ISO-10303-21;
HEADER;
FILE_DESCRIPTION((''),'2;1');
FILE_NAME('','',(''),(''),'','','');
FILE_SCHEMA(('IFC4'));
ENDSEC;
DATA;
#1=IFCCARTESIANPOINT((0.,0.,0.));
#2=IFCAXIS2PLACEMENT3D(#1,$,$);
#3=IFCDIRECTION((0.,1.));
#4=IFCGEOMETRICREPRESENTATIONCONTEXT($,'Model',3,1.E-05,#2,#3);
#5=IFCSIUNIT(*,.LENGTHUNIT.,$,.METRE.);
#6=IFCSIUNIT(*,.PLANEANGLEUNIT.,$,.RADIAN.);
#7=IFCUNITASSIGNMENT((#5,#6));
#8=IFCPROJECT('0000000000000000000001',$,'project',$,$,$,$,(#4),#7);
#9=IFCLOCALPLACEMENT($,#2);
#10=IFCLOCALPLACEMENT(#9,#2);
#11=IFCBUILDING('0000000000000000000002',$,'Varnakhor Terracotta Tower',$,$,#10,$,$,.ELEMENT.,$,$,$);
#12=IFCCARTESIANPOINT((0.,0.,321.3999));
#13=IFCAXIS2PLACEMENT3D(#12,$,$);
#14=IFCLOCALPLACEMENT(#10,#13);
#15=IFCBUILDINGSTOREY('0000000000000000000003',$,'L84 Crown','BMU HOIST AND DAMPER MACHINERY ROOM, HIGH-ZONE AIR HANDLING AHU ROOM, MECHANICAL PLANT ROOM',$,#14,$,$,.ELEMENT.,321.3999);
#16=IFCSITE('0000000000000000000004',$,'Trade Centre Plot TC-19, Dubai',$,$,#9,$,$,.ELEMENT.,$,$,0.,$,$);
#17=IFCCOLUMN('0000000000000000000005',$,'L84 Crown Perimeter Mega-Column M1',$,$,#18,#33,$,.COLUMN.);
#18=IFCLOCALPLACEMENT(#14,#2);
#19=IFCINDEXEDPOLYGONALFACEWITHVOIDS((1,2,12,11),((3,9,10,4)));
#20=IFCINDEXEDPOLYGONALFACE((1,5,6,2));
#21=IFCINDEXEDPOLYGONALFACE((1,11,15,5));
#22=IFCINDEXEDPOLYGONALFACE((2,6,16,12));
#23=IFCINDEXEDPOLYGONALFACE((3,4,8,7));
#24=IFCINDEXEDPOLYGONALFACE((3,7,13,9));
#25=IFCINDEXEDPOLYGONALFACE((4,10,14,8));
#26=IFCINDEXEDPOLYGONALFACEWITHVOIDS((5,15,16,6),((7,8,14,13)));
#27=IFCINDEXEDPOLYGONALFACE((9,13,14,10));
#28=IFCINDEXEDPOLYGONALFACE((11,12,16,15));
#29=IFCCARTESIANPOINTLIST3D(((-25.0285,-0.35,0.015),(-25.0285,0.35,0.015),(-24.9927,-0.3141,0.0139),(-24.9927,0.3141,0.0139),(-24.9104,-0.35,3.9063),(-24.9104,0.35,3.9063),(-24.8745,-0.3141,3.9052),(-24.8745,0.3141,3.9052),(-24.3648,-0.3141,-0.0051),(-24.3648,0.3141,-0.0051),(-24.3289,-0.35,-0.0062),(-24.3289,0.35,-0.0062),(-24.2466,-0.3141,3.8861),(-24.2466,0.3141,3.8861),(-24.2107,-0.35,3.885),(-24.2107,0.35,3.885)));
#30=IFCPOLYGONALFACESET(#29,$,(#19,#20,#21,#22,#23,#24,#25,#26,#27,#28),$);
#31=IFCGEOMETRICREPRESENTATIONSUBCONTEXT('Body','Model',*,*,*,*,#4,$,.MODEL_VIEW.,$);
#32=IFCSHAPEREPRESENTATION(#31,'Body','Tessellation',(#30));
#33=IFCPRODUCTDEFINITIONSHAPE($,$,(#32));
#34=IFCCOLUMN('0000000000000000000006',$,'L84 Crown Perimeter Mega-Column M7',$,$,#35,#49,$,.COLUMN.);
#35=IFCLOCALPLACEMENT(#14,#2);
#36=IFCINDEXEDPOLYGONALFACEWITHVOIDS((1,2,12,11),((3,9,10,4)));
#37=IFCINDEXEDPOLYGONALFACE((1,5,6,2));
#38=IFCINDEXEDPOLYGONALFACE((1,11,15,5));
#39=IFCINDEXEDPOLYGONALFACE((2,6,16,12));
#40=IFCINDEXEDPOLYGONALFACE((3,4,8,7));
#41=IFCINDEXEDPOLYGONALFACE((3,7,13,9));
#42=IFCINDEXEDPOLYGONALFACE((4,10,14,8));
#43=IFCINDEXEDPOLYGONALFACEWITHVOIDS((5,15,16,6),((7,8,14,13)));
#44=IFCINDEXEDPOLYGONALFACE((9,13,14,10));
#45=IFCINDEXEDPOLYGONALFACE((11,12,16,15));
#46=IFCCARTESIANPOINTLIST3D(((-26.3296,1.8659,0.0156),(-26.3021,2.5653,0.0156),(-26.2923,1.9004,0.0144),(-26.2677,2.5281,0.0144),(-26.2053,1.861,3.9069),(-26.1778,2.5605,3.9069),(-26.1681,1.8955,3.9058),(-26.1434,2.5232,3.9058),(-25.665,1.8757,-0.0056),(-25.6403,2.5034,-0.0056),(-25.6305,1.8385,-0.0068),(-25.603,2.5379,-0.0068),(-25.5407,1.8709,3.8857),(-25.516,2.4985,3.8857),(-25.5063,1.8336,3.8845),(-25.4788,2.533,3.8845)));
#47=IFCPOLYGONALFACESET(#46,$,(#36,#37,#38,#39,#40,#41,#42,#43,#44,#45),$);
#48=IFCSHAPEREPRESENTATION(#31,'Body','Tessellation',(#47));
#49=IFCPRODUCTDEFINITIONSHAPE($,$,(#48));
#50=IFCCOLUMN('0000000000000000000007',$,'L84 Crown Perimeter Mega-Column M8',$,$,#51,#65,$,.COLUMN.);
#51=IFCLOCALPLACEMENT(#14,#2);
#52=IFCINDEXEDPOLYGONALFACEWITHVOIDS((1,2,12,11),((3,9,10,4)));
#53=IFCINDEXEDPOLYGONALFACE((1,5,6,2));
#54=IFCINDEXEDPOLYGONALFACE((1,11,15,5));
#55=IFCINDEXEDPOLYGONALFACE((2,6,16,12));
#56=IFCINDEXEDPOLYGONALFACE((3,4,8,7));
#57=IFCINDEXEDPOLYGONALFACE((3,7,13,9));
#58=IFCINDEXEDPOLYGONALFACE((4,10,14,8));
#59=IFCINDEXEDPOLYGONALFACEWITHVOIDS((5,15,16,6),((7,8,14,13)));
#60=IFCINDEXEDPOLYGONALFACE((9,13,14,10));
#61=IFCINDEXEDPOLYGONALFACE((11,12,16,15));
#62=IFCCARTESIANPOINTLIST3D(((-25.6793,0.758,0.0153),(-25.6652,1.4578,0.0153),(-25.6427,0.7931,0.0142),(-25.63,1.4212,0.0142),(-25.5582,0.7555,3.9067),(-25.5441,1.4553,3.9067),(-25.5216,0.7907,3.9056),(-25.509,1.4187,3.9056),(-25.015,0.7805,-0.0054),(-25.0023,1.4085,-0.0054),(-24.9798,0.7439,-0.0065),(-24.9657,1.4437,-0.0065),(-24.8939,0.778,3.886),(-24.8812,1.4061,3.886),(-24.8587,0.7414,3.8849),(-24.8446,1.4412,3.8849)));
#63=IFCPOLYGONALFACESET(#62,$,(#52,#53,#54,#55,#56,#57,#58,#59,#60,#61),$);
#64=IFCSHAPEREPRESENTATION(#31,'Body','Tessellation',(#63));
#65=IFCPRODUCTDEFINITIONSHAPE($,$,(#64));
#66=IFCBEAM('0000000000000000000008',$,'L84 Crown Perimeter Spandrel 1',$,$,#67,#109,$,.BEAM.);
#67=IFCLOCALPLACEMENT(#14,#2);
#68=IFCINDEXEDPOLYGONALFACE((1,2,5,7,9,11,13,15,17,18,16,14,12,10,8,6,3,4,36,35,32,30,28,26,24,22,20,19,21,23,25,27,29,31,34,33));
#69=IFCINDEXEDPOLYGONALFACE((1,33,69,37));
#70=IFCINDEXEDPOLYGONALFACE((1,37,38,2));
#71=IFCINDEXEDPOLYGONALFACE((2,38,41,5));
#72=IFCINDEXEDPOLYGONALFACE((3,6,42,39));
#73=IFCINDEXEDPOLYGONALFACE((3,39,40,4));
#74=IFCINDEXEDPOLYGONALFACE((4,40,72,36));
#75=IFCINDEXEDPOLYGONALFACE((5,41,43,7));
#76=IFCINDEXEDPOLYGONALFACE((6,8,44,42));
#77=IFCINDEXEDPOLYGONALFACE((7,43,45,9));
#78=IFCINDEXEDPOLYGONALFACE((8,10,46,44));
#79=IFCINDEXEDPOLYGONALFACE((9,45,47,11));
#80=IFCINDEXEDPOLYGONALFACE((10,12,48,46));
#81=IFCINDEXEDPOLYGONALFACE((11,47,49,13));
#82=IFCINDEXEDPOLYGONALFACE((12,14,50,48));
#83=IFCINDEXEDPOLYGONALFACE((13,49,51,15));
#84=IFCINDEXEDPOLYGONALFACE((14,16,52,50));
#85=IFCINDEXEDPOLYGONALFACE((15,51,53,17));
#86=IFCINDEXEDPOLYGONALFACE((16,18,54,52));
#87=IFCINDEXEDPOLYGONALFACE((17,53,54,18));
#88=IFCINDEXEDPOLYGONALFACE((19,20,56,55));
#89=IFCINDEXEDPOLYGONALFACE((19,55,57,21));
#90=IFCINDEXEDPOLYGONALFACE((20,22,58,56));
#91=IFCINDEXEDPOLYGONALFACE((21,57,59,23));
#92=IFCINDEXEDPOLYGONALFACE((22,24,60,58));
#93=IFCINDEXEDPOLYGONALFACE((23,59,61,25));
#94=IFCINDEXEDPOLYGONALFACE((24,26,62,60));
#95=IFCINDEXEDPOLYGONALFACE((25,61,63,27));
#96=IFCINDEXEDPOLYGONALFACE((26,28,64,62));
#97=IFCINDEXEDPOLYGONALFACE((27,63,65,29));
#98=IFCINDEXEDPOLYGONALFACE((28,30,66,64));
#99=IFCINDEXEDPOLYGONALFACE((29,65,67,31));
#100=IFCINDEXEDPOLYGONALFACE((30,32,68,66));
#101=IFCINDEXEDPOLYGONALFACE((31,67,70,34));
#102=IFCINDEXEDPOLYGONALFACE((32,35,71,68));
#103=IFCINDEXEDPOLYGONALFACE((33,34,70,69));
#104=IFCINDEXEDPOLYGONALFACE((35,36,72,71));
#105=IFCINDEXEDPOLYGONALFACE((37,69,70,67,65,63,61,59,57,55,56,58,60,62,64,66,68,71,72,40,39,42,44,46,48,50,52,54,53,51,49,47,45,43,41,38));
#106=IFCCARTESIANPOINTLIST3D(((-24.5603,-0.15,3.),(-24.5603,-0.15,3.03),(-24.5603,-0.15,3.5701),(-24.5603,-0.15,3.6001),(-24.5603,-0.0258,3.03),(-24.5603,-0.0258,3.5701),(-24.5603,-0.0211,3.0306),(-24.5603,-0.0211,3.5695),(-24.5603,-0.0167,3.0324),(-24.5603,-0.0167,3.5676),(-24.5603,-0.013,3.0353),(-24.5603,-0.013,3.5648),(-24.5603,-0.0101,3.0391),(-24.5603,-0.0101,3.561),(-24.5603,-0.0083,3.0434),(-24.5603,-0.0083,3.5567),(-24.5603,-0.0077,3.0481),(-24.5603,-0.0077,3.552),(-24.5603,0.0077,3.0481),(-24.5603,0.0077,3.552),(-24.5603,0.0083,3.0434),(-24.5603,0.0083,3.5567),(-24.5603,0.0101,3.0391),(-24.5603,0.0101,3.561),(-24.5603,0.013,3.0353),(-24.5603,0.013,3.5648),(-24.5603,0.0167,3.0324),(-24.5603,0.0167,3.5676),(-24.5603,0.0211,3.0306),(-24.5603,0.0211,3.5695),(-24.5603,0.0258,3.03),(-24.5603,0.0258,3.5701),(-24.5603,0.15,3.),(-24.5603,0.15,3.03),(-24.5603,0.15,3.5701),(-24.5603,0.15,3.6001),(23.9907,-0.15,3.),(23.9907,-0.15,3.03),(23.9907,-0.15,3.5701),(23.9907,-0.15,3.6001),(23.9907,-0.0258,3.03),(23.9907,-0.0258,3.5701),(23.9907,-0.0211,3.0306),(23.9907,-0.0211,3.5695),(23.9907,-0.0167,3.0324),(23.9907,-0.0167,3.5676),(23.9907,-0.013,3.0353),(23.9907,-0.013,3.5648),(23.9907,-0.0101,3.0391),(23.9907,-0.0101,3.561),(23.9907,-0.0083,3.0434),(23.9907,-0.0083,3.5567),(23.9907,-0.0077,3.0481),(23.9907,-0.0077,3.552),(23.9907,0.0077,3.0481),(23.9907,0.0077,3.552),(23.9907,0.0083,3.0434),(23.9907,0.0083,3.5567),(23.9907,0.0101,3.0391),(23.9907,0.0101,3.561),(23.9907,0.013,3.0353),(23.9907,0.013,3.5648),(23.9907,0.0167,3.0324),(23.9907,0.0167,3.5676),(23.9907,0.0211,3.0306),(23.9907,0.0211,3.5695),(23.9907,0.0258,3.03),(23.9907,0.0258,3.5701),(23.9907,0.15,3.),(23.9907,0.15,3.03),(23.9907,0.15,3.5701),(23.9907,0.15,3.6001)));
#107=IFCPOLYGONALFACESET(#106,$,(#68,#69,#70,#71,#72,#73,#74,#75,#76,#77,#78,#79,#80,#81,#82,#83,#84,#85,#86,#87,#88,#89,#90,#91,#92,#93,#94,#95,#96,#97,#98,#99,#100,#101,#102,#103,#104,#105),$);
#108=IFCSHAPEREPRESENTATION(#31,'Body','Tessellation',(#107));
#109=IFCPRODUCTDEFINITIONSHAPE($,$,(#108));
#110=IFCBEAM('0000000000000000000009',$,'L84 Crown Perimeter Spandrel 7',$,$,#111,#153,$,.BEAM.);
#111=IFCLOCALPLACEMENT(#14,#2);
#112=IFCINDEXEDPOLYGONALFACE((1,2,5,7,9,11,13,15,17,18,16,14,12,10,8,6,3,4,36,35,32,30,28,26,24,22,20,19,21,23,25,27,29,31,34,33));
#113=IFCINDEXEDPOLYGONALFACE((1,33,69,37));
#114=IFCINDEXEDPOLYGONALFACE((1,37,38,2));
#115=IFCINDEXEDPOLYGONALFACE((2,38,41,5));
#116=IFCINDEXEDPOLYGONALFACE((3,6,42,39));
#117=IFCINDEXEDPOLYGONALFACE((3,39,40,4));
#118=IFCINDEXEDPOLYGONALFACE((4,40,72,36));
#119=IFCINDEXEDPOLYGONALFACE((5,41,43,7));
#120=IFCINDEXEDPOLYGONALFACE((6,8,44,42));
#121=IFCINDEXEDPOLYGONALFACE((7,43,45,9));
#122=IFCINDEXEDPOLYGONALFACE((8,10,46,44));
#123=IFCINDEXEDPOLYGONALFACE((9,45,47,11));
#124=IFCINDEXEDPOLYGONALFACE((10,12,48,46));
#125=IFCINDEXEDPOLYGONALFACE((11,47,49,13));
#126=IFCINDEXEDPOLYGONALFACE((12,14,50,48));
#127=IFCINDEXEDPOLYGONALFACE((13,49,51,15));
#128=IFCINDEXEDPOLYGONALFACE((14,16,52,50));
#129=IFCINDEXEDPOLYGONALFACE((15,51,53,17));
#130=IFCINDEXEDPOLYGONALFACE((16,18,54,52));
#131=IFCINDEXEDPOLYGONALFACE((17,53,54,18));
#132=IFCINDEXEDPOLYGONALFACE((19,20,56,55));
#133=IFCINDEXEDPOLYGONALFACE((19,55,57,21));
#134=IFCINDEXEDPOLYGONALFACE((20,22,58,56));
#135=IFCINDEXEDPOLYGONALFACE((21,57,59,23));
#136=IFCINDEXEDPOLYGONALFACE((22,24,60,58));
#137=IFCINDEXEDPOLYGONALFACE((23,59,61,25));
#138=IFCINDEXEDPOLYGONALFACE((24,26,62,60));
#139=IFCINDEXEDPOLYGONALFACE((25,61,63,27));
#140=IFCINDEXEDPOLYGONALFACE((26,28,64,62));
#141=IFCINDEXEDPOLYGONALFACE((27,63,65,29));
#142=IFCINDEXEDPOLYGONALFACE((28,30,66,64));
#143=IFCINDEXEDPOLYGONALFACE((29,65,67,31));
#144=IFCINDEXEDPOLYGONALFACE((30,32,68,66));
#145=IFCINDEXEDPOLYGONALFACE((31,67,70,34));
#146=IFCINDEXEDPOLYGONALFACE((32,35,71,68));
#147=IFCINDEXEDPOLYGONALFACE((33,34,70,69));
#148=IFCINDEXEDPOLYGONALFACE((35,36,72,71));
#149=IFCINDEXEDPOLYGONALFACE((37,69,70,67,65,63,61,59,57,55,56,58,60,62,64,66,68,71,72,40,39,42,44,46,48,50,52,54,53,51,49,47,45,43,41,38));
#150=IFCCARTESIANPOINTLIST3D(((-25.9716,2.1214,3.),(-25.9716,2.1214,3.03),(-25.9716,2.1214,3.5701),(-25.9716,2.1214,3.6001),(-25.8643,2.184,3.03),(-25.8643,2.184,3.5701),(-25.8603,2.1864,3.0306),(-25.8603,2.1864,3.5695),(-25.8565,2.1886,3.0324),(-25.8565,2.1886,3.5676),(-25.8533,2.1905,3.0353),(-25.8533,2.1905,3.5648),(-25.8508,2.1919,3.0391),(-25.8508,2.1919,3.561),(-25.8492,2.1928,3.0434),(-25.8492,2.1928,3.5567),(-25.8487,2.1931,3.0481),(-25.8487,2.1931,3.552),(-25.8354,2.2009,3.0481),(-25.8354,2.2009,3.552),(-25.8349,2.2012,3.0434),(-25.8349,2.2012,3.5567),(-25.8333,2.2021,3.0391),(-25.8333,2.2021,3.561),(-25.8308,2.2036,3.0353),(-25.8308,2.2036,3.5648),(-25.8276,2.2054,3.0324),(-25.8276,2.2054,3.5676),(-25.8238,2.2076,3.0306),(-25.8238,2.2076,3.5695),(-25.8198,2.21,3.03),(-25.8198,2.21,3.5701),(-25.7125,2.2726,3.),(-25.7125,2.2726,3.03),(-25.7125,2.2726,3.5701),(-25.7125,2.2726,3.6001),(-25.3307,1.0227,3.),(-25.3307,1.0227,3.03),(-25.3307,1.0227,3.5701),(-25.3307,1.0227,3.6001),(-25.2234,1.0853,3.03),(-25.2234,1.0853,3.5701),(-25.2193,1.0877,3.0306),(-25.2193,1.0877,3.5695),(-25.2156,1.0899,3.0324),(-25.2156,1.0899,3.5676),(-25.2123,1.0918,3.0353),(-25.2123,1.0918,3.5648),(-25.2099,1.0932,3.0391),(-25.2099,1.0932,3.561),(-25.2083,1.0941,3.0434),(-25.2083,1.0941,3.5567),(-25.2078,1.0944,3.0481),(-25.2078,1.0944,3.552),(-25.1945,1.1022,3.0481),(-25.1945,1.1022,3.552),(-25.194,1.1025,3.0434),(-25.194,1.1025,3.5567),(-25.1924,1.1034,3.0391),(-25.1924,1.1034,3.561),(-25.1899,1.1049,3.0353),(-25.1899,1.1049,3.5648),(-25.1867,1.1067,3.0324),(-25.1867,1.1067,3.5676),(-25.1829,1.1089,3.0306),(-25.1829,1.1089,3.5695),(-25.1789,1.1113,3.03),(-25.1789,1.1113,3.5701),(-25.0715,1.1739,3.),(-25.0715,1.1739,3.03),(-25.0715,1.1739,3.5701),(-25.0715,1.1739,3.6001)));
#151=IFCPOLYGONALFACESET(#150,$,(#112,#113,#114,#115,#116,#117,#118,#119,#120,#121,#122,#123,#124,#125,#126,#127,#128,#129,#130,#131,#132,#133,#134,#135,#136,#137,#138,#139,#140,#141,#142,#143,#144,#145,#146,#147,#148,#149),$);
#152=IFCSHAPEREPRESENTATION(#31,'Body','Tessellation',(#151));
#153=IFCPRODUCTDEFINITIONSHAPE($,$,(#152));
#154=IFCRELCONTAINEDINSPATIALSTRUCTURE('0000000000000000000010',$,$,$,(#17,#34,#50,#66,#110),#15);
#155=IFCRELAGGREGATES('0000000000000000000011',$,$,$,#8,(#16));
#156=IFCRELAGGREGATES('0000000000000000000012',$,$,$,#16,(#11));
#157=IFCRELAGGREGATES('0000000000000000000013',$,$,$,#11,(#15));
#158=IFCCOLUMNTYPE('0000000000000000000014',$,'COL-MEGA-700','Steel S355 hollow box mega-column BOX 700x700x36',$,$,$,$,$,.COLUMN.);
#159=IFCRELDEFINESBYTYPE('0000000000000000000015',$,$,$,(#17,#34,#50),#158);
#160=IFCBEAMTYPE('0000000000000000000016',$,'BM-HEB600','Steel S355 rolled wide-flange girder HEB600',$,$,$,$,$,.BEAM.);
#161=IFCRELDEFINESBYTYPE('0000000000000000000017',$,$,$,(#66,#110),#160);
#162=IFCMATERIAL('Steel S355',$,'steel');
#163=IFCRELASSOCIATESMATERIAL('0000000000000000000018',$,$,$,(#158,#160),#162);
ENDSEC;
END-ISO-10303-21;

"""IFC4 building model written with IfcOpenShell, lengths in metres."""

from ifc_helpers import new_model, si_unit, direction, frame, origin, origin_2d, place, context, subcontext, project, spatial, hollow_rectangle, i_section, extrude, source, transform, mapped, material, material_profile, profile_set, type_object, element, save


model = new_model("IFC4")

# Units and contexts
model_context = context("Model", 3, precision=1e-05, world=origin(), true_north=direction((0.0, 1.0)))
body_context = subcontext(model_context, "Body", "Model", "MODEL_VIEW")
ifc_project = project(units=[si_unit("LENGTHUNIT", "METRE"), si_unit("PLANEANGLEUNIT", "RADIAN")], contexts=[model_context])

# Site, building, storey
site_placement = place(None, origin())
site = spatial("IfcSite", under=ifc_project, at=site_placement, Name="Trade Centre Plot TC-19, Dubai", CompositionType="ELEMENT", RefElevation=0.0)
building_placement = place(site_placement, origin())
building = spatial("IfcBuilding", under=site, at=building_placement, Name="Varnakhor Terracotta Tower", CompositionType="ELEMENT")
storey_placement = place(building_placement, frame((0.0, 0.0, 321.3999)))
storey = spatial("IfcBuildingStorey", under=building, at=storey_placement, Name="L84 Crown", Description="BMU HOIST AND DAMPER MACHINERY ROOM, HIGH-ZONE AIR HANDLING AHU ROOM, MECHANICAL PLANT ROOM", CompositionType="ELEMENT", Elevation=321.3999)

# Columns
ifc_material_1 = material(Name="Steel S355", Category="steel")
ifc_material_profile_1 = material_profile(ifc_material_1, hollow_rectangle(XDim=0.7, YDim=0.7, WallThickness=0.0359, at=origin_2d()), Name="BOX 700x700x36")
ifc_profile_set_1 = profile_set([ifc_material_profile_1], Name="Steel S355")
column_type = type_object("IfcColumnType", Name="COL-MEGA-700", Description="Steel S355 hollow box mega-column BOX 700x700x36", PredefinedType="COLUMN", material=ifc_profile_set_1)
shared_shape_1 = source(origin(), body_context, "Body", "SweptSolid", [
    extrude(hollow_rectangle(XDim=0.7, YDim=0.7, WallThickness=0.0359, at=origin_2d()), origin(), (0.0, 0.0, 1.0), 3.8931),
])
column_placement = place(storey_placement, frame((-24.6787, 0.0, 0.0044), z_axis=(0.030352, 0.0, 0.999539), x_axis=(0.0, 1.0, 0.0)))
element("IfcColumn", 1, at=column_placement, inside=storey, type_object=column_type, Name="L84 Crown Perimeter Mega-Column M1", PredefinedType="COLUMN", context=body_context, shape_type="MappedRepresentation", body=[
    mapped(shared_shape_1, transform((0.0, 0.0, 0.0), scale=1.0)),
])
shared_shape_2 = source(origin(), body_context, "Body", "SweptSolid", [
    extrude(hollow_rectangle(XDim=0.7, YDim=0.7, WallThickness=0.0359, at=origin_2d()), origin(), (0.0, 0.0, 1.0), 3.8933),
])
for number, where, z_axis, x_axis, name in (
    (2, (-25.9663, 2.2019, 0.0044), (0.031918, -0.001254, 0.99949), (0.039262, 0.999229, 0.0), "L84 Crown Perimeter Mega-Column M7"),
    (3, (-25.3225, 1.1008, 0.0044), (0.031104, -0.000627, 0.999516), (0.020157, 0.999797, 0.0), "L84 Crown Perimeter Mega-Column M8"),
):
    element("IfcColumn", number, at=place(storey_placement, frame(where, z_axis=z_axis, x_axis=x_axis)), inside=storey, type_object=column_type, Name=name, PredefinedType="COLUMN", context=body_context, shape_type="MappedRepresentation", body=[
        mapped(shared_shape_2, transform((0.0, 0.0, 0.0), scale=1.0)),
    ])

# Beams
ifc_material_profile_2 = material_profile(ifc_material_1, i_section(OverallWidth=0.3, OverallDepth=0.6001, WebThickness=0.0154, FlangeThickness=0.03, FilletRadius=0.0181, at=origin_2d()), Name="HEB600")
ifc_profile_set_2 = profile_set([ifc_material_profile_2], Name="Steel S355")
beam_type = type_object("IfcBeamType", Name="BM-HEB600", Description="Steel S355 rolled wide-flange girder HEB600", PredefinedType="BEAM", material=ifc_profile_set_2)
shared_shape_3 = source(origin(), body_context, "Body", "SweptSolid", [
    extrude(i_section(OverallWidth=0.3, OverallDepth=0.6001, WebThickness=0.0154, FlangeThickness=0.03, FilletRadius=0.0181, at=origin_2d()), origin(), (0.0, 0.0, 1.0), 48.551),
])
beam_1_placement = place(storey_placement, frame((-24.5603, 0.0, 3.3), z_axis=(1.0, 0.0, 0.0), x_axis=(0.0, 1.0, 0.0)))
element("IfcBeam", 4, at=beam_1_placement, inside=storey, type_object=beam_type, Name="L84 Crown Perimeter Spandrel 1", PredefinedType="BEAM", context=body_context, shape_type="MappedRepresentation", body=[
    mapped(shared_shape_3, transform((0.0, 0.0, 0.0), scale=1.0)),
])
shared_shape_4 = source(origin(), body_context, "Body", "SweptSolid", [
    extrude(i_section(OverallWidth=0.3, OverallDepth=0.6001, WebThickness=0.0154, FlangeThickness=0.03, FilletRadius=0.0181, at=origin_2d()), origin(), (0.0, 0.0, 1.0), 1.272),
])
beam_2_placement = place(storey_placement, frame((-25.842, 2.197, 3.3), z_axis=(0.503871, -0.863779, 0.0), x_axis=(0.863779, 0.503871, 0.0)))
element("IfcBeam", 5, at=beam_2_placement, inside=storey, type_object=beam_type, Name="L84 Crown Perimeter Spandrel 7", PredefinedType="BEAM", context=body_context, shape_type="MappedRepresentation", body=[
    mapped(shared_shape_4, transform((0.0, 0.0, 0.0), scale=1.0)),
])

save(model, "model.ifc")
